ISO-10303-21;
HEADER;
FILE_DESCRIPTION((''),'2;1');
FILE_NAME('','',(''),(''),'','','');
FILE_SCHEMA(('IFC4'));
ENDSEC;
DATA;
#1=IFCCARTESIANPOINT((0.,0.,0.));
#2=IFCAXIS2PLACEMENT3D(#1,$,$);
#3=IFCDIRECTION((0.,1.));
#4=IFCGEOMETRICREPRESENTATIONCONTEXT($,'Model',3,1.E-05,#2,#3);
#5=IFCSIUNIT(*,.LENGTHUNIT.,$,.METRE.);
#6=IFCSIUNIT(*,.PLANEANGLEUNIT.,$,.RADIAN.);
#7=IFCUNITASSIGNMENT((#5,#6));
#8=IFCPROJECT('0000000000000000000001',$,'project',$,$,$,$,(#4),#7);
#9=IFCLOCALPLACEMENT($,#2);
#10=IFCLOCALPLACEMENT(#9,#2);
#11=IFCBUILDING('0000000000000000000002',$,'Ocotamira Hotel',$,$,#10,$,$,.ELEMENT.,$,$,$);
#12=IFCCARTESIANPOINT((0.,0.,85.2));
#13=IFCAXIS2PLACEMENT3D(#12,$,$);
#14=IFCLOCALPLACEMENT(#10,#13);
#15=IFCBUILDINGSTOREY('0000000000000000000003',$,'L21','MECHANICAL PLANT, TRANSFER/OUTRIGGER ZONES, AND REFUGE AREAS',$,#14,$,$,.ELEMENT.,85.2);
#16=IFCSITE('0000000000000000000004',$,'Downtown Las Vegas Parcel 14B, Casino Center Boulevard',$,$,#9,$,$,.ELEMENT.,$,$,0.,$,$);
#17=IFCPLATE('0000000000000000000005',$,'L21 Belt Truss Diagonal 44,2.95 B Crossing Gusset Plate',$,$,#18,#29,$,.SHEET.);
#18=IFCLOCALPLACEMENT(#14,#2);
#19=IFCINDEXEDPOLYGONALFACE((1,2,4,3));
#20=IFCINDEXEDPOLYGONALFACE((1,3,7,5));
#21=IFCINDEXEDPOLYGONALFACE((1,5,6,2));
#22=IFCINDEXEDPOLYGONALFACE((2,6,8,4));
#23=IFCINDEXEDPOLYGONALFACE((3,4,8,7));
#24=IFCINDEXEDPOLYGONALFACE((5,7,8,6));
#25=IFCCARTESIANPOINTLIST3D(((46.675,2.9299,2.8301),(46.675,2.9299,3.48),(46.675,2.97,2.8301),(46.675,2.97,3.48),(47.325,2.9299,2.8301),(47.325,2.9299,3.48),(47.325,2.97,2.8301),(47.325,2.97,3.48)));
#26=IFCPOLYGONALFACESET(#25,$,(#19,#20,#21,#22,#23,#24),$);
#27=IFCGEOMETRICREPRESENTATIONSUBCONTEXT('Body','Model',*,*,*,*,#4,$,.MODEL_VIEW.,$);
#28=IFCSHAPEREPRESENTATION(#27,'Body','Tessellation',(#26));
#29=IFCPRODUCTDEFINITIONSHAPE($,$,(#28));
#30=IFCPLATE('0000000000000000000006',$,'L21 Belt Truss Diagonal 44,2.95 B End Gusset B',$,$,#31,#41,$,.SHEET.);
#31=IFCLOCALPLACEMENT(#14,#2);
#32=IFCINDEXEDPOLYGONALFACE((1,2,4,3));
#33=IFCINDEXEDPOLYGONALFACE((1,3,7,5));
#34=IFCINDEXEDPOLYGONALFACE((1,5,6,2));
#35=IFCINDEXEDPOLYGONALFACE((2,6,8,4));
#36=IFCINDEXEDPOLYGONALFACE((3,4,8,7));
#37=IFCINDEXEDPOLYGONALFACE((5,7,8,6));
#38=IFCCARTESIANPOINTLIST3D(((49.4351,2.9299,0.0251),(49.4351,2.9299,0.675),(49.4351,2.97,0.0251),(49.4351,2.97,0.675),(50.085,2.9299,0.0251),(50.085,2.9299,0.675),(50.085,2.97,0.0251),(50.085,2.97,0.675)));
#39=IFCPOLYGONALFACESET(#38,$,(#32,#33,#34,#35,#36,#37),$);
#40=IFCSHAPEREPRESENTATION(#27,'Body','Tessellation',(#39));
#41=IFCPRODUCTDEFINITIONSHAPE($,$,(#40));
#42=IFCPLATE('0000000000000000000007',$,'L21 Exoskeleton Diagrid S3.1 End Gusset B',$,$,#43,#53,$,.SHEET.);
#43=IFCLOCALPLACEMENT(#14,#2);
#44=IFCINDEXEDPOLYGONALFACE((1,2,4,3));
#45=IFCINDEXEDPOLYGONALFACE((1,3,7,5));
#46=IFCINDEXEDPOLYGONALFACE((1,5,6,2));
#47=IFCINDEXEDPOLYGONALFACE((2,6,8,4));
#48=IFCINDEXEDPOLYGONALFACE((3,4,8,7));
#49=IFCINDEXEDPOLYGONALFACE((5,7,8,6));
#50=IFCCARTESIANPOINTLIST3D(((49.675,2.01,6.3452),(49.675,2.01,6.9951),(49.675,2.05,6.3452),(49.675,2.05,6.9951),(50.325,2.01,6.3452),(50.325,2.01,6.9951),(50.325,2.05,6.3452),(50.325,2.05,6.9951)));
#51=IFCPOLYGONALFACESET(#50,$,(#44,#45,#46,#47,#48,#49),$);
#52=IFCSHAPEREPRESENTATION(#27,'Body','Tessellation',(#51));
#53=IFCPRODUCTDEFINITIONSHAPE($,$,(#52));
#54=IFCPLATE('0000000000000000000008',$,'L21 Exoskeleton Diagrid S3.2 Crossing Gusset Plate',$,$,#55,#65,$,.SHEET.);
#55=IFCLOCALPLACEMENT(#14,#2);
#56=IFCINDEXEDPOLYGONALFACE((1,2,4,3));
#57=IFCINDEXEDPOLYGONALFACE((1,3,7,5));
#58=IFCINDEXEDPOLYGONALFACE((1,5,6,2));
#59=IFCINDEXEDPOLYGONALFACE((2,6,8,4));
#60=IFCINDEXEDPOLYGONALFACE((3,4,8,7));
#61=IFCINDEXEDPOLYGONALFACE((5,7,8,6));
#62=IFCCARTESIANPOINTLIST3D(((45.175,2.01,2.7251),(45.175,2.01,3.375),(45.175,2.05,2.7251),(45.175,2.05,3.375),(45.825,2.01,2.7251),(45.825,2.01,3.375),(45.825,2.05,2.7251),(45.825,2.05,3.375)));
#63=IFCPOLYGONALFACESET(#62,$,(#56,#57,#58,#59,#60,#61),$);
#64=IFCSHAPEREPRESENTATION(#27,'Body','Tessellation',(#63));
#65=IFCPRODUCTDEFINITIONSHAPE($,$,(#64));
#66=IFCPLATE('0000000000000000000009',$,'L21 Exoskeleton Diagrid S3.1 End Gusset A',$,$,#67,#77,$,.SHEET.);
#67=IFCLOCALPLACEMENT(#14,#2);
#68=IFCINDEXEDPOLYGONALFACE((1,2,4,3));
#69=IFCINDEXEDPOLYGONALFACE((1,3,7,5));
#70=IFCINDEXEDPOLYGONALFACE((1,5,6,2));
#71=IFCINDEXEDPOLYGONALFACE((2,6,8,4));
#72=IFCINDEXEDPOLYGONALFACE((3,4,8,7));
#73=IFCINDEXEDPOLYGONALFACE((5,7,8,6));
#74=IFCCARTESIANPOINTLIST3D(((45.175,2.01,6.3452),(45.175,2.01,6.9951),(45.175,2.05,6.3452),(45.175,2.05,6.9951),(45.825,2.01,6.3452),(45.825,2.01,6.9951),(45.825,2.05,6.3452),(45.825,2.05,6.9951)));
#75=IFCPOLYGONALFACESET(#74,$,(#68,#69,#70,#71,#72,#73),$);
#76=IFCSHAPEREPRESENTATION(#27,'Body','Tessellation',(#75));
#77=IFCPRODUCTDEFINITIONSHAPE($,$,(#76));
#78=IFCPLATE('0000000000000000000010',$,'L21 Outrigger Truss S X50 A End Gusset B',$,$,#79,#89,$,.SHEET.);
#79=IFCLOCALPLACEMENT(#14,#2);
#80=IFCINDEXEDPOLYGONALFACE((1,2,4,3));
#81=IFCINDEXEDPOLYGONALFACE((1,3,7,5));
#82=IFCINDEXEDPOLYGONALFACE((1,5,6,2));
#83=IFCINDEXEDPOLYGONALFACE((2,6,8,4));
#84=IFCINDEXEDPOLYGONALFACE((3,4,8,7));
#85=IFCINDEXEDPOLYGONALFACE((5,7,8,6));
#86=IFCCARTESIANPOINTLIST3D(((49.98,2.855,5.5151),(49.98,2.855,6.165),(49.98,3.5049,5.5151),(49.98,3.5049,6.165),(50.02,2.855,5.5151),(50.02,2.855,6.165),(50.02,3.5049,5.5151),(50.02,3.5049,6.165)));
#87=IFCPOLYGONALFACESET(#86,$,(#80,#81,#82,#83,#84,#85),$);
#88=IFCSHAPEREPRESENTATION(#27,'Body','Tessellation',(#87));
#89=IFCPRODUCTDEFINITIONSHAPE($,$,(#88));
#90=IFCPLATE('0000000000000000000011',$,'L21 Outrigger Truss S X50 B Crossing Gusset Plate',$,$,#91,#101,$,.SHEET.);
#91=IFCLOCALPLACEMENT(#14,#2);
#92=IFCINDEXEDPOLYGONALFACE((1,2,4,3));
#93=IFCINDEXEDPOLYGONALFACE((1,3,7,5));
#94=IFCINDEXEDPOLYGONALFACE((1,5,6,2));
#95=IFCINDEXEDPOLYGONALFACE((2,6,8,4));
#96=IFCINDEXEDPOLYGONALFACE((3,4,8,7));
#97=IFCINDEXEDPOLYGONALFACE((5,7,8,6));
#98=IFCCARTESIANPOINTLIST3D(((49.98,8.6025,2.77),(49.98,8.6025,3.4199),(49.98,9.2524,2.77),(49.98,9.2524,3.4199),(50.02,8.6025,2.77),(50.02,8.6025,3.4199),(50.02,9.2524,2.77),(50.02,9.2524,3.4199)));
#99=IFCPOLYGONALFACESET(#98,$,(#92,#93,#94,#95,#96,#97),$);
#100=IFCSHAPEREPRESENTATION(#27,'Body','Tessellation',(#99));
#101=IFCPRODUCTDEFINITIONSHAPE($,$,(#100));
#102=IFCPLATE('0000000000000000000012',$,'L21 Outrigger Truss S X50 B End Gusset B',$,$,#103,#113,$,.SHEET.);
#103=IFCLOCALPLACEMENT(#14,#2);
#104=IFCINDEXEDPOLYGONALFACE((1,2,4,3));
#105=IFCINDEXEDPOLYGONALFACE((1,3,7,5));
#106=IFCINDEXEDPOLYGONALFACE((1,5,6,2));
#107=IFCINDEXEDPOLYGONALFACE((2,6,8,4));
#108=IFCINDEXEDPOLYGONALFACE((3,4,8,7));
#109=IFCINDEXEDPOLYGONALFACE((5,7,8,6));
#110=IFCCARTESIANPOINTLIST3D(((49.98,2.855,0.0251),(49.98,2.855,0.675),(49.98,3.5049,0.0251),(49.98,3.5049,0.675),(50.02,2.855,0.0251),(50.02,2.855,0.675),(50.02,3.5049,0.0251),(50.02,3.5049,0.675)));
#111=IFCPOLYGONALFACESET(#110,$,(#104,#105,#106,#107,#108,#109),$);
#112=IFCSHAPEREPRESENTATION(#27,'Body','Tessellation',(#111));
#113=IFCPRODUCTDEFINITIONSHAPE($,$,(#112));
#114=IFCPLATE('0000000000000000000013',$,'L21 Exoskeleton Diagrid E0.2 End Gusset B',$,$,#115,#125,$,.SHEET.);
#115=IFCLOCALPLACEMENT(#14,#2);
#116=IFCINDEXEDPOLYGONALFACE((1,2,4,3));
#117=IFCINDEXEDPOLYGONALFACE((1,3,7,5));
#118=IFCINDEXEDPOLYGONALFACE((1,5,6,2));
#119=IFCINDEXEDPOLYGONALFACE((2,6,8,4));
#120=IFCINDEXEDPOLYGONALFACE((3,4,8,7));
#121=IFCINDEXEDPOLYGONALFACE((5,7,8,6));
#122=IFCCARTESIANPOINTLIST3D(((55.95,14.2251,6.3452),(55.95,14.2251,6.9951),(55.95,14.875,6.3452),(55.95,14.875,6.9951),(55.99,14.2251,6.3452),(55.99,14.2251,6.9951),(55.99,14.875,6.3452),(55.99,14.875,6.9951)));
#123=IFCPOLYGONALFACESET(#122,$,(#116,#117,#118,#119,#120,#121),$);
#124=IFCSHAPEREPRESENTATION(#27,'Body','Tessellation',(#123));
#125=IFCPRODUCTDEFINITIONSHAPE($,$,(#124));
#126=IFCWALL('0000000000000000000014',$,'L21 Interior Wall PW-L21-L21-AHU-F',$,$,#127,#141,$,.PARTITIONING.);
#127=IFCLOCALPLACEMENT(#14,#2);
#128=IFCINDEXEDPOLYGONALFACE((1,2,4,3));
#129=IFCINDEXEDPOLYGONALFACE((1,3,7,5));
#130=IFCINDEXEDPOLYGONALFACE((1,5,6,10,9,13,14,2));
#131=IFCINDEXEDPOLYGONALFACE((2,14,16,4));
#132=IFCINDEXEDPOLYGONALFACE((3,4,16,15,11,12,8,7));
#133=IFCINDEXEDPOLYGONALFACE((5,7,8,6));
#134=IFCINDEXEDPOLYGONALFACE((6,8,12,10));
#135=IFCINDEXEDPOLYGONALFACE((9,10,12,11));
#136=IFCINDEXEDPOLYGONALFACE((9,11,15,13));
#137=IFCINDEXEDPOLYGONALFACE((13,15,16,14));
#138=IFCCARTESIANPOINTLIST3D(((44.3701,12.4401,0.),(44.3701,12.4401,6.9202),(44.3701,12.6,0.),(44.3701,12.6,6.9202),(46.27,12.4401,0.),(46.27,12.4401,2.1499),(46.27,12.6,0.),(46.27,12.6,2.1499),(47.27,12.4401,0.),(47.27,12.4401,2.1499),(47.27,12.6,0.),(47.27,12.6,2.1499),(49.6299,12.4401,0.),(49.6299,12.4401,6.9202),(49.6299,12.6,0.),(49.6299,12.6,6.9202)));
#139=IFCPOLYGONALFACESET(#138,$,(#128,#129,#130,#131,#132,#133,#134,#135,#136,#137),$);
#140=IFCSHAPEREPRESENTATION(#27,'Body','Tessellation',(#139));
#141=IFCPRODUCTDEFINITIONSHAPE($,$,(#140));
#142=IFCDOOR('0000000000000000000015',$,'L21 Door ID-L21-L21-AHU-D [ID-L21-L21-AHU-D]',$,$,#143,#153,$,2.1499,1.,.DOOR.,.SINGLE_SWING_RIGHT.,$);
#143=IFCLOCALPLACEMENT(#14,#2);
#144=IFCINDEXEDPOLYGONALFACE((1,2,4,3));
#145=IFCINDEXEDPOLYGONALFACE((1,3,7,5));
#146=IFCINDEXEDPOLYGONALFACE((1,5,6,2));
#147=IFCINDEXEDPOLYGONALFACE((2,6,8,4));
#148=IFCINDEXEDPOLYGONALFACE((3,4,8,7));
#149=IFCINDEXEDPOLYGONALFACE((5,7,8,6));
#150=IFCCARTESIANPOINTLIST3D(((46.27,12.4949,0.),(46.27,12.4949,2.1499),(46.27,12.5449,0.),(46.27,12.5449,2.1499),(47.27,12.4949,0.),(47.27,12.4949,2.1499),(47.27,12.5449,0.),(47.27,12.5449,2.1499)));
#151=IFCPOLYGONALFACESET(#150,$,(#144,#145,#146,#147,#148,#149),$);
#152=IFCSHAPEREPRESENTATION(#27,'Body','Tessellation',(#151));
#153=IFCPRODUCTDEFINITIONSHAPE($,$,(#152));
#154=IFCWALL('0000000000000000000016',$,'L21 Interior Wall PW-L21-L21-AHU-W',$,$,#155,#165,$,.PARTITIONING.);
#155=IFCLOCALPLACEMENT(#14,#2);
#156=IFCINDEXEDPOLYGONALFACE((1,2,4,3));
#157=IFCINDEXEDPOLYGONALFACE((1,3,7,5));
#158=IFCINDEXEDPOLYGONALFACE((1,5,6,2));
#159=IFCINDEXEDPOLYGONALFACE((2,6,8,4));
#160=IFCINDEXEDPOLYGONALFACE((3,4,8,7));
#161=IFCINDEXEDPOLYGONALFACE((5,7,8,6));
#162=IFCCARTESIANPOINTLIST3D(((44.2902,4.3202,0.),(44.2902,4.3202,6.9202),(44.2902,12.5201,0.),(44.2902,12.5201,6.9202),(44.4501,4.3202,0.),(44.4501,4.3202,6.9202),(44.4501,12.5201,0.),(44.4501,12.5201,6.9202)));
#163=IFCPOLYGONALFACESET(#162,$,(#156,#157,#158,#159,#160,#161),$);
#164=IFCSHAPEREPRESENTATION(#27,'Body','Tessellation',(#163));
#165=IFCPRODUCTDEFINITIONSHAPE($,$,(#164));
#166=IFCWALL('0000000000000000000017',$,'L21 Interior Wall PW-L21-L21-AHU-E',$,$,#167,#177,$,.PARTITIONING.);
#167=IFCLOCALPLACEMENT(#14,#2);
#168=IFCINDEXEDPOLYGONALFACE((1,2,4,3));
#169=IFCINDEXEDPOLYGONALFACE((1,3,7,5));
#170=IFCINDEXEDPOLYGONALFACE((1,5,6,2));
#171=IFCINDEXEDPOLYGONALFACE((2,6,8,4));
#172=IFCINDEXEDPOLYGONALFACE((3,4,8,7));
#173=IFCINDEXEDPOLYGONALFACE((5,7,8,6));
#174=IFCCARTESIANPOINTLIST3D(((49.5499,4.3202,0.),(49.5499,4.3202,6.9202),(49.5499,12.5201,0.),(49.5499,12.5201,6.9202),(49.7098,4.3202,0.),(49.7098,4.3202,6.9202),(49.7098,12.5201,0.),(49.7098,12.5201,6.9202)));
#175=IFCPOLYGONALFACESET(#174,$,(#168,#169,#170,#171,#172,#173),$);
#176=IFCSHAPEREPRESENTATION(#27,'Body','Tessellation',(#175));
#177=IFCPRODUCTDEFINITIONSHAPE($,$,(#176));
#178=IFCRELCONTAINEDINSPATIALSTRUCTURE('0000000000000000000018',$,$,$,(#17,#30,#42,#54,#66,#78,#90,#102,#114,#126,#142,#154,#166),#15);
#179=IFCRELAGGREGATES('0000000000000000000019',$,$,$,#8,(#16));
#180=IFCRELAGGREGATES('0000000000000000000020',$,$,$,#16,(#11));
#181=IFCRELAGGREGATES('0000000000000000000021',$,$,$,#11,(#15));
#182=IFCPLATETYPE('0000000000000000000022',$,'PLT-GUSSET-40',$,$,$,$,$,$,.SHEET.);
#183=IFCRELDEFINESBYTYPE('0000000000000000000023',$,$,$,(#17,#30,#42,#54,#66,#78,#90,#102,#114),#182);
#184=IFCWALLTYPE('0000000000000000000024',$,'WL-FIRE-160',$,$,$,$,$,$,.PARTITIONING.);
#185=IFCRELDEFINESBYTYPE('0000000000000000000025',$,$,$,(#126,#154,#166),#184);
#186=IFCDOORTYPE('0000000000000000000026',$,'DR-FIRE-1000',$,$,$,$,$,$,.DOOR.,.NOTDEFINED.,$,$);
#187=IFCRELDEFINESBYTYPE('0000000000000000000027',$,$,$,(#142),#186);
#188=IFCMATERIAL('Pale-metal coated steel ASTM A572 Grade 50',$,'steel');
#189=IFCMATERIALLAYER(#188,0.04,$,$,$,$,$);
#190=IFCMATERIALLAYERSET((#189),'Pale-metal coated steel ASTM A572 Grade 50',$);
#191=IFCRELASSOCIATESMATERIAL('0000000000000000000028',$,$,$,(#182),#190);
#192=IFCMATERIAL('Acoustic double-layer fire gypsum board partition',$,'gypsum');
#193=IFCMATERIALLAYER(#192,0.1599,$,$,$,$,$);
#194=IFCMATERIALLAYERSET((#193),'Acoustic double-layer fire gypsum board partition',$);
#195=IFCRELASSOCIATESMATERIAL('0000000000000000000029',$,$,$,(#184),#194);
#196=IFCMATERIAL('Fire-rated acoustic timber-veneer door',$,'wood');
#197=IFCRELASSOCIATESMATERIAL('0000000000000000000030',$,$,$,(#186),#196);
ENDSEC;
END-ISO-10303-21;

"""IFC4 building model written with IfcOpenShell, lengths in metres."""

from ifc_helpers import new_model, si_unit, direction, frame, frame_2d, origin, origin_2d, place, context, subcontext, project, spatial, rectangle, extrude, source, transform, mapped, material, layer, layer_set, type_object, element, fill, save


model = new_model("IFC4")

# Units and contexts
model_context = context("Model", 3, precision=1e-05, world=origin(), true_north=direction((0.0, 1.0)))
body_context = subcontext(model_context, "Body", "Model", "MODEL_VIEW")
ifc_project = project(units=[si_unit("LENGTHUNIT", "METRE"), si_unit("PLANEANGLEUNIT", "RADIAN")], contexts=[model_context])

# Site, building, storey
site_placement = place(None, origin())
site = spatial("IfcSite", under=ifc_project, at=site_placement, Name="Downtown Las Vegas Parcel 14B, Casino Center Boulevard", CompositionType="ELEMENT", RefElevation=0.0)
building_placement = place(site_placement, origin())
building = spatial("IfcBuilding", under=site, at=building_placement, Name="Ocotamira Hotel", CompositionType="ELEMENT")
storey_placement = place(building_placement, frame((0.0, 0.0, 85.2)))
storey = spatial("IfcBuildingStorey", under=building, at=storey_placement, Name="L21", Description="MECHANICAL PLANT, TRANSFER/OUTRIGGER ZONES, AND REFUGE AREAS", CompositionType="ELEMENT", Elevation=85.2)

# Plates
ifc_material_1 = material(Name="Pale-metal coated steel ASTM A572 Grade 50", Category="steel")
ifc_layer_1 = layer(ifc_material_1, 0.04)
ifc_layer_set_1 = layer_set([ifc_layer_1], Name="Pale-metal coated steel ASTM A572 Grade 50")
plate_type = type_object("IfcPlateType", Name="PLT-GUSSET-40", PredefinedType="SHEET", material=ifc_layer_set_1)
shared_shape_1 = source(origin(), body_context, "Body", "SweptSolid", [
    extrude(rectangle(XDim=0.6499, YDim=0.04, at=origin_2d()), origin(), (0.0, 0.0, 1.0), 0.6499),
])
for number, where, z_axis, x_axis, name in (
    (1, (47.0, 2.95, 2.8301), (0.0, 0.0, 1.0), (1.0, 0.0, 0.0), "L21 Belt Truss Diagonal 44,2.95 B Crossing Gusset Plate"),
    (2, (49.76, 2.95, 0.0251), (0.0, 0.0, 1.0), (1.0, 0.0, 0.0), "L21 Belt Truss Diagonal 44,2.95 B End Gusset B"),
    (3, (50.0, 2.03, 6.3452), (0.0, 0.0, 1.0), (1.0, 0.0, 0.0), "L21 Exoskeleton Diagrid S3.1 End Gusset B"),
    (4, (45.5, 2.03, 2.7251), (0.0, 0.0, 1.0), (-1.0, 0.0, 0.0), "L21 Exoskeleton Diagrid S3.2 Crossing Gusset Plate"),
    (5, (45.5, 2.03, 6.3452), (0.0, 0.0, 1.0), (-1.0, 0.0, 0.0), "L21 Exoskeleton Diagrid S3.1 End Gusset A"),
):
    element("IfcPlate", number, at=place(storey_placement, frame(where, z_axis=z_axis, x_axis=x_axis)), inside=storey, type_object=plate_type, Name=name, PredefinedType="SHEET", context=body_context, shape_type="MappedRepresentation", body=[
        mapped(shared_shape_1, transform((0.0, 0.0, 0.0), scale=1.0)),
    ])
shared_shape_2 = source(origin(), body_context, "Body", "SweptSolid", [
    extrude(rectangle(XDim=0.04, YDim=0.6499, at=origin_2d()), origin(), (0.0, 0.0, 1.0), 0.6499),
])
for number, where, z_axis, x_axis, name in (
    (6, (50.0, 3.1799, 5.5151), (0.0, 0.0, 1.0), (1.0, 0.0, 0.0), "L21 Outrigger Truss S X50 A End Gusset B"),
    (7, (50.0, 8.9275, 2.77), (0.0, 0.0, 1.0), (1.0, 0.0, 0.0), "L21 Outrigger Truss S X50 B Crossing Gusset Plate"),
    (8, (50.0, 3.1799, 0.0251), (0.0, 0.0, 1.0), (1.0, 0.0, 0.0), "L21 Outrigger Truss S X50 B End Gusset B"),
    (9, (55.97, 14.55, 6.3452), (0.0, 0.0, 1.0), (1.0, 0.0, 0.0), "L21 Exoskeleton Diagrid E0.2 End Gusset B"),
):
    element("IfcPlate", number, at=place(storey_placement, frame(where, z_axis=z_axis, x_axis=x_axis)), inside=storey, type_object=plate_type, Name=name, PredefinedType="SHEET", context=body_context, shape_type="MappedRepresentation", body=[
        mapped(shared_shape_2, transform((0.0, 0.0, 0.0), scale=1.0)),
    ])

# Wall, opening, door
ifc_material_2 = material(Name="Acoustic double-layer fire gypsum board partition", Category="gypsum")
ifc_layer_2 = layer(ifc_material_2, 0.1599)
ifc_layer_set_2 = layer_set([ifc_layer_2], Name="Acoustic double-layer fire gypsum board partition")
wall_type = type_object("IfcWallType", Name="WL-FIRE-160", PredefinedType="PARTITIONING", material=ifc_layer_set_2)
wall_placement = place(storey_placement, frame((44.3701, 12.52, 0.0), z_axis=(0.0, 0.0, 1.0), x_axis=(1.0, 0.0, 0.0)))
wall = element("IfcWall", 10, at=wall_placement, inside=storey, type_object=wall_type, Name="L21 Interior Wall PW-L21-L21-AHU-F", PredefinedType="PARTITIONING", context=body_context, shape_type="SweptSolid", body=[
    extrude(rectangle(XDim=5.2598, YDim=0.1599, at=frame_2d((2.6299, 0.0))), origin(), (0.0, 0.0, 1.0), 6.9202),
])
opening_placement = place(wall_placement, frame((1.8999, 0.0, 0.0)))
opening = element("IfcOpeningElement", 11, at=opening_placement, cuts=wall, PredefinedType="OPENING", context=body_context, shape_type="SweptSolid", body=[
    extrude(rectangle(XDim=1.0, YDim=2.1499, at=frame_2d((0.5, 1.075))), frame((0.0, 0.0898, 0.0), z_axis=(0.0, -1.0, 0.0), x_axis=(1.0, 0.0, 0.0)), (0.0, 0.0, 1.0), 0.1799),
])
ifc_material_3 = material(Name="Fire-rated acoustic timber-veneer door", Category="wood")
door_type = type_object("IfcDoorType", Name="DR-FIRE-1000", OperationType="NOTDEFINED", PredefinedType="DOOR", material=ifc_material_3)
shared_shape_3 = source(origin(), body_context, "Body", "SweptSolid", [
    extrude(rectangle(XDim=1.0, YDim=2.1499, at=frame_2d((0.5, 1.075))), frame((0.0, 0.0249, 0.0), z_axis=(0.0, -1.0, 0.0), x_axis=(1.0, 0.0, 0.0)), (0.0, 0.0, 1.0), 0.05),
])
door_placement = place(opening_placement, origin())
door = element("IfcDoor", 12, at=door_placement, inside=storey, type_object=door_type, Name="L21 Door ID-L21-L21-AHU-D [ID-L21-L21-AHU-D]", OperationType="SINGLE_SWING_RIGHT", OverallHeight=2.1499, OverallWidth=1.0, PredefinedType="DOOR", context=body_context, shape_type="MappedRepresentation", body=[
    mapped(shared_shape_3, transform((0.0, 0.0, 0.0), scale=1.0)),
])
fill(opening, door)

# Walls
for number, where, z_axis, x_axis, name in (
    (13, (44.3701, 4.3201, 0.0), (0.0, 0.0, 1.0), (0.0, 1.0, 0.0), "L21 Interior Wall PW-L21-L21-AHU-W"),
    (14, (49.6299, 4.3201, 0.0), (0.0, 0.0, 1.0), (0.0, 1.0, 0.0), "L21 Interior Wall PW-L21-L21-AHU-E"),
):
    element("IfcWall", number, at=place(storey_placement, frame(where, z_axis=z_axis, x_axis=x_axis)), inside=storey, type_object=wall_type, Name=name, PredefinedType="PARTITIONING", context=body_context, shape_type="SweptSolid", body=[
        extrude(rectangle(XDim=8.2, YDim=0.1599, at=frame_2d((4.1001, 0.0))), origin(), (0.0, 0.0, 1.0), 6.9202),
    ])

save(model, "model.ifc")
